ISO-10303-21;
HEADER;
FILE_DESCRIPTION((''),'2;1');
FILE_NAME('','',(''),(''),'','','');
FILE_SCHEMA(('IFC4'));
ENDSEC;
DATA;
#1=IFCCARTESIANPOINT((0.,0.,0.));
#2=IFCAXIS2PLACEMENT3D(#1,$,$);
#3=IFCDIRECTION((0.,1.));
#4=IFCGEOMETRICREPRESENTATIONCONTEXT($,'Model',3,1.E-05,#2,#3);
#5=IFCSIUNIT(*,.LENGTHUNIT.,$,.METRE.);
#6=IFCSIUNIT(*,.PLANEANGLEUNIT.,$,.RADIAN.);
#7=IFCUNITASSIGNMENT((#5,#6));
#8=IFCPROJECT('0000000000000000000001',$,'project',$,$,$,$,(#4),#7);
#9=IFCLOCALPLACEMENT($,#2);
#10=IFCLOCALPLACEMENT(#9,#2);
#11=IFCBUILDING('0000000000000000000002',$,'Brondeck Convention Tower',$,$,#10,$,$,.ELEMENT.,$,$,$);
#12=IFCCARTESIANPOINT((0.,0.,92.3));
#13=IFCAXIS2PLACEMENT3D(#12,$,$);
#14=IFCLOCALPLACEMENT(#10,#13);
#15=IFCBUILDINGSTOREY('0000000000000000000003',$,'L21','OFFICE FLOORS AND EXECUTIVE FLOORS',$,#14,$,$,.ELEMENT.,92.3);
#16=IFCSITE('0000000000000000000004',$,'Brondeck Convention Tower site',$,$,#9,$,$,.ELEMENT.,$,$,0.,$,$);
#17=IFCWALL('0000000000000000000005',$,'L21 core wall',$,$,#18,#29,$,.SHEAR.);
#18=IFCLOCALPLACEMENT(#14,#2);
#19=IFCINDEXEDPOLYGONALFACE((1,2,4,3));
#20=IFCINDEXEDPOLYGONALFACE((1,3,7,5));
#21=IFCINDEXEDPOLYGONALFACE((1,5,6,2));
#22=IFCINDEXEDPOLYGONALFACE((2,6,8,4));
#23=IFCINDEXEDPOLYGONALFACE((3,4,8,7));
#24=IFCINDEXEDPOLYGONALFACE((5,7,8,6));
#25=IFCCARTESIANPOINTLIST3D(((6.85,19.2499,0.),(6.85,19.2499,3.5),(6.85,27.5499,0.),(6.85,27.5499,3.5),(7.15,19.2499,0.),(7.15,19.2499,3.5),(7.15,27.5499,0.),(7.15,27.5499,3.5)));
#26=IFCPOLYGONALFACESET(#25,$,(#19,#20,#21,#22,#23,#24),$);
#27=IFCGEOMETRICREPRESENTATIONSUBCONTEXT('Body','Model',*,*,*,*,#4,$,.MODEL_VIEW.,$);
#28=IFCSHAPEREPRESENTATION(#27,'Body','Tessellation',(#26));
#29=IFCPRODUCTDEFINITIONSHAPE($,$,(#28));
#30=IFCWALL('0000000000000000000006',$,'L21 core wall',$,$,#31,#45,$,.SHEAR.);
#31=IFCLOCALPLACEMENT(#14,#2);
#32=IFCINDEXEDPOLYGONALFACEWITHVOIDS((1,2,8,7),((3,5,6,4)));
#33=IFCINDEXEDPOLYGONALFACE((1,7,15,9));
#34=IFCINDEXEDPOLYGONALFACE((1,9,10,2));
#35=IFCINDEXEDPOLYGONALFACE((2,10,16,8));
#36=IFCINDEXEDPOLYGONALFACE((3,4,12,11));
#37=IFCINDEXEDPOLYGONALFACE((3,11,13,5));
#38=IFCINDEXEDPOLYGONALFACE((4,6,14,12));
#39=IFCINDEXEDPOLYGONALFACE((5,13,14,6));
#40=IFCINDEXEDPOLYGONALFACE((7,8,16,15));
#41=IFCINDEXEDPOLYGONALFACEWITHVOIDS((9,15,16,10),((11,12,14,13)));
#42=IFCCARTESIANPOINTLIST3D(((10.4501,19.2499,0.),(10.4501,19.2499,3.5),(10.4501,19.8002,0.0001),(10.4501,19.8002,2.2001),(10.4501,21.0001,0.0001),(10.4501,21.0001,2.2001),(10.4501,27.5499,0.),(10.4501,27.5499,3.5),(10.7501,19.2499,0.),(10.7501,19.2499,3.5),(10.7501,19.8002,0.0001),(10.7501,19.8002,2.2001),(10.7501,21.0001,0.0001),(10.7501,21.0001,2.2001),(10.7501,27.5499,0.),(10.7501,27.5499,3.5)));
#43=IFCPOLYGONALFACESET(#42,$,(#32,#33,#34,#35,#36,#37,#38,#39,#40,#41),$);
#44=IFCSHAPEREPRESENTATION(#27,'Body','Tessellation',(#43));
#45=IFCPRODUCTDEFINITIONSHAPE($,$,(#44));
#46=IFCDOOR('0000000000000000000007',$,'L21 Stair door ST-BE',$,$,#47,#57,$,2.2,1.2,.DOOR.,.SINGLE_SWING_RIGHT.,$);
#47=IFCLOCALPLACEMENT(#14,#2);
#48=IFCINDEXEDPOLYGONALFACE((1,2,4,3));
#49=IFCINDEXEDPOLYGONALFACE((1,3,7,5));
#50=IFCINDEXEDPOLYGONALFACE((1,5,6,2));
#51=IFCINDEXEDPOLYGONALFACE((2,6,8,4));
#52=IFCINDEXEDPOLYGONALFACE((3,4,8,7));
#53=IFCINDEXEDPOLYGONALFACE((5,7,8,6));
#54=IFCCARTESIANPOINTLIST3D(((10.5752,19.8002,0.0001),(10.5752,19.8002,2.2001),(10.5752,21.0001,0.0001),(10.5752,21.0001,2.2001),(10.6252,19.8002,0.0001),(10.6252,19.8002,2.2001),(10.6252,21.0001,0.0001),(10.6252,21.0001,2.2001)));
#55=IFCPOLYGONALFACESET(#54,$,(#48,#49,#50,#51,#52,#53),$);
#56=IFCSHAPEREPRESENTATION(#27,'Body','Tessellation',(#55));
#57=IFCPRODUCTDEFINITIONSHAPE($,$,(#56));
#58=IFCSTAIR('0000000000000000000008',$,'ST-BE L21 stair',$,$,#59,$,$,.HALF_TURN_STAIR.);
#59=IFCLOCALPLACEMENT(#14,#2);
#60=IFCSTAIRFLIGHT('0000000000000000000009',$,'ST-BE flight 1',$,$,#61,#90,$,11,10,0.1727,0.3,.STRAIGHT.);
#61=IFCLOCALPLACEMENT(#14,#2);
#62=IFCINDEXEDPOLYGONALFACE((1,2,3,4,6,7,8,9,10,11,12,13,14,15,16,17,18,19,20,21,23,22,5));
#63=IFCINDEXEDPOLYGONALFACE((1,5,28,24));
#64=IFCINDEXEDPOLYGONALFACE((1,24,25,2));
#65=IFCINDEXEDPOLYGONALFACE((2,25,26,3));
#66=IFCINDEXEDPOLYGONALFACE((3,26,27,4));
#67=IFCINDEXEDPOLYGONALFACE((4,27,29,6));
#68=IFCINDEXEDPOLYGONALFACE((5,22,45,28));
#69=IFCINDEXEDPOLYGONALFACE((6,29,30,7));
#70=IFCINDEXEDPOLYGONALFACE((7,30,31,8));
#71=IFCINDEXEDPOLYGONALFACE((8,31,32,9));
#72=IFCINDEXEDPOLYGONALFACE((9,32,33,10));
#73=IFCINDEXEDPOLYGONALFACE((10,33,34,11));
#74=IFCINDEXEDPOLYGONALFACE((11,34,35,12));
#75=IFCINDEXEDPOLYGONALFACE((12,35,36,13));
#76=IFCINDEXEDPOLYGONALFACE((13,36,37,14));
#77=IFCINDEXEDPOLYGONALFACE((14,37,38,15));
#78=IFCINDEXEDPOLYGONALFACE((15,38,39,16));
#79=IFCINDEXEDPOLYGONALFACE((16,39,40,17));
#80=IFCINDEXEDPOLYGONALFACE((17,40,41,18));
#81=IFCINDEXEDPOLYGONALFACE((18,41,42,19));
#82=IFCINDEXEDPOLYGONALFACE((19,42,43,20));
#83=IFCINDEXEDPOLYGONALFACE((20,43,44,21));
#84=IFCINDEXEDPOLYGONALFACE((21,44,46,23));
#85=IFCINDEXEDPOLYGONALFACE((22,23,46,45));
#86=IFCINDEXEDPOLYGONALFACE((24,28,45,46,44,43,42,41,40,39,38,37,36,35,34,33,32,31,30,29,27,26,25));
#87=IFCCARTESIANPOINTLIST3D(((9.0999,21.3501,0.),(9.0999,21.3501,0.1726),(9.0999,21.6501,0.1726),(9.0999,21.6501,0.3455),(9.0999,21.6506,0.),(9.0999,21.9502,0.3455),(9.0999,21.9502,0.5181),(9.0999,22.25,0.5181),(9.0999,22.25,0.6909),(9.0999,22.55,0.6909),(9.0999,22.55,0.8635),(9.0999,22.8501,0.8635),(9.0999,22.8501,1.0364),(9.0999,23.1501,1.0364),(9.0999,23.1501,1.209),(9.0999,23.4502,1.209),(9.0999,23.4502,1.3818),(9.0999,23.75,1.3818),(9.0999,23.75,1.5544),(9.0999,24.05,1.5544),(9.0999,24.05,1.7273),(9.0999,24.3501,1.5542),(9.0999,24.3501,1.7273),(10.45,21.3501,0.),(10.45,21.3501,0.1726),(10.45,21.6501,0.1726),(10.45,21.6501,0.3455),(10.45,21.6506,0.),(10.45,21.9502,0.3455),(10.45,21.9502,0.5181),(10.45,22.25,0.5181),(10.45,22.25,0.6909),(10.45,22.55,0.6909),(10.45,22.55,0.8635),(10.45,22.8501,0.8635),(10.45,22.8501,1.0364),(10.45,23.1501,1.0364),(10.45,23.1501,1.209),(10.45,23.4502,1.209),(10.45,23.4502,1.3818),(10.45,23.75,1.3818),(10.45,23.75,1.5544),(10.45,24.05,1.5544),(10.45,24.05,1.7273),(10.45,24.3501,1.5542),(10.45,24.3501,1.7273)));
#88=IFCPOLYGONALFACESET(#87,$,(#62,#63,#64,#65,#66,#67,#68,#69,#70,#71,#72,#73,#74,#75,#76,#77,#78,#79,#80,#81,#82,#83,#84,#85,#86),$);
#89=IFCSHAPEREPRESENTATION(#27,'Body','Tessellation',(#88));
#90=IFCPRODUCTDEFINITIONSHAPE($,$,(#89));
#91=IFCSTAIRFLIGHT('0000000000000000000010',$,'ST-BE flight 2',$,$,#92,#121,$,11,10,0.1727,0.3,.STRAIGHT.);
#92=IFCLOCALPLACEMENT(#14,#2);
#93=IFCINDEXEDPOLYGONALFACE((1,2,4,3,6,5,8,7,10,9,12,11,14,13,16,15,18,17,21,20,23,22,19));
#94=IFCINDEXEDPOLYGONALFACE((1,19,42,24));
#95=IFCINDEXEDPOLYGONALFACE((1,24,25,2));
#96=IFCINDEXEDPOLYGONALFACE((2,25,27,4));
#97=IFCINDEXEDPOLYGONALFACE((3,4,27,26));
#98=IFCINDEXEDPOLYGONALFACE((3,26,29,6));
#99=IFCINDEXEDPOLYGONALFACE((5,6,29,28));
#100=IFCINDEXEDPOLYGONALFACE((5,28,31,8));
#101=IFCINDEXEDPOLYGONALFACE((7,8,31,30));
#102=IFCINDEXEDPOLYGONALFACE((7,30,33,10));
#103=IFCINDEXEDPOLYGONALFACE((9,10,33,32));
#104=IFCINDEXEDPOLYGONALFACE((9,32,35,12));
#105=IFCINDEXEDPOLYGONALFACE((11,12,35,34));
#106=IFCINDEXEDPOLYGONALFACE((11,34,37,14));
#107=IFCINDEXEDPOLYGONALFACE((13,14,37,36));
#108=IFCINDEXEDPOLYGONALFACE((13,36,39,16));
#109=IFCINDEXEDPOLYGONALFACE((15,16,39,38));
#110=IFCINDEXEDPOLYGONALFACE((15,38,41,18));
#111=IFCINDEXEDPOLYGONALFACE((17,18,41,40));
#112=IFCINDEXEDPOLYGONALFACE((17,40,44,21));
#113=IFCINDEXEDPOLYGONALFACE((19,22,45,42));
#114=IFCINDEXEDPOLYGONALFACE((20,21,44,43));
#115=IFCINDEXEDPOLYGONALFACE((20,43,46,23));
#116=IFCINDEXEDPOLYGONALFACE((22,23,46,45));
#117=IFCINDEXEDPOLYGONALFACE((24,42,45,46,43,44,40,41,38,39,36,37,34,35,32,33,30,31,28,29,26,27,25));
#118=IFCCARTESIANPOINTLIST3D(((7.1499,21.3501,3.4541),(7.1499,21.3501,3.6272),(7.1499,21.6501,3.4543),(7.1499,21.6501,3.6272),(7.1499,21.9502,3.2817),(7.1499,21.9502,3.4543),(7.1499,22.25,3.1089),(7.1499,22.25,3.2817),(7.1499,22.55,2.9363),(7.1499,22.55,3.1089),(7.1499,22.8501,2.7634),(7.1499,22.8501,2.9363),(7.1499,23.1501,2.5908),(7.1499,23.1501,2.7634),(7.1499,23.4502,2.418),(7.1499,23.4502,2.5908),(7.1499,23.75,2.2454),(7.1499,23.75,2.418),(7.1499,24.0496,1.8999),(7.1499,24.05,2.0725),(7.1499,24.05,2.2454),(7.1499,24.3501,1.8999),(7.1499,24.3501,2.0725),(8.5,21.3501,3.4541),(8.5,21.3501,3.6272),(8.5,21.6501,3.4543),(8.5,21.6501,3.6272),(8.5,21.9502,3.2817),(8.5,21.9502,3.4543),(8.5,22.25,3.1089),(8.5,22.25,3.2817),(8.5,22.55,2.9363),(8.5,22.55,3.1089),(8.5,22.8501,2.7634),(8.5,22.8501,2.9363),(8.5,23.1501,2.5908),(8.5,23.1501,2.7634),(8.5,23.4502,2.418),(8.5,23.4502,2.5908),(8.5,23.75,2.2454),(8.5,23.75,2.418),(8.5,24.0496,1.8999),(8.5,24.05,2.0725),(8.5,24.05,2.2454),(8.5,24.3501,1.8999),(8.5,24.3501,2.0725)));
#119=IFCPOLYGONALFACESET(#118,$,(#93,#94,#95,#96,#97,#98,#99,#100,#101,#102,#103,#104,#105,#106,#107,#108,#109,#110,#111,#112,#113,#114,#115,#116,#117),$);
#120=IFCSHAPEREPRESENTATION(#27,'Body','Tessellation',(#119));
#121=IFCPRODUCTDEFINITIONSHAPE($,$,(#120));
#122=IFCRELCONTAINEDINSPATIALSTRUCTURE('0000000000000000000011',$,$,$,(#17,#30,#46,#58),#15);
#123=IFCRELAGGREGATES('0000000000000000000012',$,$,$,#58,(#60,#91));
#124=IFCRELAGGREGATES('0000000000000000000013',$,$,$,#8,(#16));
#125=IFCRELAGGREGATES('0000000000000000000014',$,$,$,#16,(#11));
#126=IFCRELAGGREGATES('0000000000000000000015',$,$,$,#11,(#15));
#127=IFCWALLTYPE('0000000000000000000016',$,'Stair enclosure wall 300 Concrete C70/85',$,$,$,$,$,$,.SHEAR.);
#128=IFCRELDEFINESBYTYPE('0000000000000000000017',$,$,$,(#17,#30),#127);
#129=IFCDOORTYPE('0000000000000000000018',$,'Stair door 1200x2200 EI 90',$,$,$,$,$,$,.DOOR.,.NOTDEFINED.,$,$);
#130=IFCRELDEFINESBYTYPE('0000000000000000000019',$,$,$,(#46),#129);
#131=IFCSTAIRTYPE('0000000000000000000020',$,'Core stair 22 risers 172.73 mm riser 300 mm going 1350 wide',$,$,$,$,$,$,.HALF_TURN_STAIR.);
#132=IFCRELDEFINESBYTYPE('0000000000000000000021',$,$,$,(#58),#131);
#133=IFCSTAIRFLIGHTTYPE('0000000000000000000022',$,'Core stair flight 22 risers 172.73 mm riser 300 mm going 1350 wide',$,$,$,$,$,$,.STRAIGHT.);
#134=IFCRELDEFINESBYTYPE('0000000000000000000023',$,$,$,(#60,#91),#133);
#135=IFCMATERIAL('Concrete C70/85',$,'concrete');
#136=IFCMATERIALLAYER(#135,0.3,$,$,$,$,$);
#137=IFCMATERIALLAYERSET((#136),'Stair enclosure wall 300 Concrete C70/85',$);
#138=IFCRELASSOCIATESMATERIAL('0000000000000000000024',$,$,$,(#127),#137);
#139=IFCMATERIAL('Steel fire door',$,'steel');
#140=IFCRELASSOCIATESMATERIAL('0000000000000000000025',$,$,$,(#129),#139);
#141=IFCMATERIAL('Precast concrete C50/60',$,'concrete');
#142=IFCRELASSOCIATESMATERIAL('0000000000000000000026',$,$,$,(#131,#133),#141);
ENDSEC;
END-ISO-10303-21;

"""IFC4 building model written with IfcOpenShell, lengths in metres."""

from ifc_helpers import new_model, si_unit, direction, frame, frame_2d, origin, place, context, subcontext, project, spatial, polyline, rectangle, outline, extrude, material, layer, layer_set, type_object, element, fill, aggregate, save


model = new_model("IFC4")

# Units and contexts
model_context = context("Model", 3, precision=1e-05, world=origin(), true_north=direction((0.0, 1.0)))
body_context = subcontext(model_context, "Body", "Model", "MODEL_VIEW")
ifc_project = project(units=[si_unit("LENGTHUNIT", "METRE"), si_unit("PLANEANGLEUNIT", "RADIAN")], contexts=[model_context])

# Site, building, storey
site_placement = place(None, origin())
site = spatial("IfcSite", under=ifc_project, at=site_placement, Name="Brondeck Convention Tower site", CompositionType="ELEMENT", RefElevation=0.0)
building_placement = place(site_placement, origin())
building = spatial("IfcBuilding", under=site, at=building_placement, Name="Brondeck Convention Tower", CompositionType="ELEMENT")
storey_placement = place(building_placement, frame((0.0, 0.0, 92.3)))
storey = spatial("IfcBuildingStorey", under=building, at=storey_placement, Name="L21", Description="OFFICE FLOORS AND EXECUTIVE FLOORS", CompositionType="ELEMENT", Elevation=92.3)

# Shared definitions
ifc_material_1 = material(Name="Concrete C70/85", Category="concrete")

# Wall
ifc_layer_1 = layer(ifc_material_1, 0.3)
ifc_layer_set_1 = layer_set([ifc_layer_1], Name="Stair enclosure wall 300 Concrete C70/85")
wall_type_1 = type_object("IfcWallType", Name="Stair enclosure wall 300 Concrete C70/85", PredefinedType="SHEAR", material=ifc_layer_set_1)
wall_1_placement = place(storey_placement, frame((7.0, 19.25, 0.0), z_axis=(0.0, 0.0, 1.0), x_axis=(0.0, 1.0, 0.0)))
element("IfcWall", 1, at=wall_1_placement, inside=storey, type_object=wall_type_1, Name="L21 core wall", PredefinedType="SHEAR", context=body_context, shape_type="SweptSolid", body=[
    extrude(rectangle(XDim=8.3, YDim=0.3, at=frame_2d((4.1499, 0.0))), origin(), (0.0, 0.0, 1.0), 3.5),
])

# Wall, opening, door
wall_2_placement = place(storey_placement, frame((10.6001, 19.25, 0.0), z_axis=(0.0, 0.0, 1.0), x_axis=(0.0, 1.0, 0.0)))
wall_2 = element("IfcWall", 2, at=wall_2_placement, inside=storey, type_object=wall_type_1, Name="L21 core wall", PredefinedType="SHEAR", context=body_context, shape_type="SweptSolid", body=[
    extrude(rectangle(XDim=8.3, YDim=0.3, at=frame_2d((4.1499, 0.0))), origin(), (0.0, 0.0, 1.0), 3.5),
])
opening_1_placement = place(wall_2_placement, frame((0.55, 0.0, 0.0)))
opening_1 = element("IfcOpeningElement", 3, at=opening_1_placement, cuts=wall_2, PredefinedType="OPENING", context=body_context, shape_type="SweptSolid", body=[
    extrude(rectangle(XDim=1.2, YDim=2.2, at=frame_2d((0.6001, 1.1001))), frame((0.0, 0.1599, 0.0), z_axis=(0.0, -1.0, 0.0), x_axis=(1.0, 0.0, 0.0)), (0.0, 0.0, 1.0), 0.3201),
])
ifc_material_2 = material(Name="Steel fire door", Category="steel")
door_type = type_object("IfcDoorType", Name="Stair door 1200x2200 EI 90", OperationType="NOTDEFINED", PredefinedType="DOOR", material=ifc_material_2)
door_placement = place(opening_1_placement, origin())
door = element("IfcDoor", 4, at=door_placement, inside=storey, type_object=door_type, Name="L21 Stair door ST-BE", OperationType="SINGLE_SWING_RIGHT", OverallHeight=2.2, OverallWidth=1.2, PredefinedType="DOOR", context=body_context, shape_type="SweptSolid", body=[
    extrude(rectangle(XDim=1.2, YDim=2.2, at=frame_2d((0.6001, 1.1001))), frame((0.0, 0.0249, 0.0), z_axis=(0.0, -1.0, 0.0), x_axis=(1.0, 0.0, 0.0)), (0.0, 0.0, 1.0), 0.05),
])
fill(opening_1, door)

# Stair, stair flights
ifc_material_3 = material(Name="Precast concrete C50/60", Category="concrete")
stair_type = type_object("IfcStairType", Name="Core stair 22 risers 172.73 mm riser 300 mm going 1350 wide", PredefinedType="HALF_TURN_STAIR", material=ifc_material_3)
stair_placement = place(storey_placement, origin())
stair = element("IfcStair", 5, at=stair_placement, inside=storey, type_object=stair_type, Name="ST-BE L21 stair", PredefinedType="HALF_TURN_STAIR")
stair_flight_type = type_object("IfcStairFlightType", Name="Core stair flight 22 risers 172.73 mm riser 300 mm going 1350 wide", PredefinedType="STRAIGHT", material=ifc_material_3)
stair_flight_1_placement = place(storey_placement, frame((9.7749, 21.3501, 0.0), z_axis=(0.0, 0.0, 1.0), x_axis=(0.0, 1.0, 0.0)))
stair_flight_1 = element("IfcStairFlight", 6, at=stair_flight_1_placement, type_object=stair_flight_type, Name="ST-BE flight 1", NumberOfRisers=11, NumberOfTreads=10, PredefinedType="STRAIGHT", RiserHeight=0.1727, TreadLength=0.3, context=body_context, shape_type="SweptSolid", body=[
    extrude(outline(polyline([(0.0, 0.0), (0.0, 0.1726), (0.3, 0.1726), (0.3, 0.3455), (0.6001, 0.3455), (0.6001, 0.5181), (0.8999, 0.5181), (0.8999, 0.6909), (1.2, 0.6909), (1.2, 0.8635), (1.5, 0.8635), (1.5, 1.0364), (1.8, 1.0364), (1.8, 1.209), (2.1001, 1.209), (2.1001, 1.3818), (2.3999, 1.3818), (2.3999, 1.5544), (2.7, 1.5544), (2.7, 1.7273), (3.0, 1.7273), (3.0, 1.8999), (3.0, 1.5542), (0.3005, 0.0), (0.0, 0.0)])), frame((0.0, 0.675, 0.0), z_axis=(0.0, -1.0, 0.0), x_axis=(1.0, 0.0, 0.0)), (0.0, 0.0, 1.0), 1.3501),
])
stair_flight_2_placement = place(storey_placement, frame((7.825, 24.3501, 1.8999), z_axis=(0.0, 0.0, 1.0), x_axis=(0.0, -1.0, 0.0)))
stair_flight_2 = element("IfcStairFlight", 7, at=stair_flight_2_placement, type_object=stair_flight_type, Name="ST-BE flight 2", NumberOfRisers=11, NumberOfTreads=10, PredefinedType="STRAIGHT", RiserHeight=0.1727, TreadLength=0.3, context=body_context, shape_type="SweptSolid", body=[
    extrude(outline(polyline([(0.0, 0.0), (0.0, 0.1726), (0.3, 0.1726), (0.3, 0.3455), (0.6001, 0.3455), (0.6001, 0.5181), (0.8999, 0.5181), (0.8999, 0.6909), (1.2, 0.6909), (1.2, 0.8635), (1.5, 0.8635), (1.5, 1.0364), (1.8, 1.0364), (1.8, 1.209), (2.1001, 1.209), (2.1001, 1.3818), (2.3999, 1.3818), (2.3999, 1.5544), (2.7, 1.5544), (2.7, 1.7273), (3.0, 1.7273), (3.0, 1.8999), (3.0, 1.5542), (0.3005, 0.0), (0.0, 0.0)])), frame((0.0, 0.675, 0.0), z_axis=(0.0, -1.0, 0.0), x_axis=(1.0, 0.0, 0.0)), (0.0, 0.0, 1.0), 1.3501),
])
aggregate(stair, [stair_flight_1, stair_flight_2])

save(model, "model.ifc")
